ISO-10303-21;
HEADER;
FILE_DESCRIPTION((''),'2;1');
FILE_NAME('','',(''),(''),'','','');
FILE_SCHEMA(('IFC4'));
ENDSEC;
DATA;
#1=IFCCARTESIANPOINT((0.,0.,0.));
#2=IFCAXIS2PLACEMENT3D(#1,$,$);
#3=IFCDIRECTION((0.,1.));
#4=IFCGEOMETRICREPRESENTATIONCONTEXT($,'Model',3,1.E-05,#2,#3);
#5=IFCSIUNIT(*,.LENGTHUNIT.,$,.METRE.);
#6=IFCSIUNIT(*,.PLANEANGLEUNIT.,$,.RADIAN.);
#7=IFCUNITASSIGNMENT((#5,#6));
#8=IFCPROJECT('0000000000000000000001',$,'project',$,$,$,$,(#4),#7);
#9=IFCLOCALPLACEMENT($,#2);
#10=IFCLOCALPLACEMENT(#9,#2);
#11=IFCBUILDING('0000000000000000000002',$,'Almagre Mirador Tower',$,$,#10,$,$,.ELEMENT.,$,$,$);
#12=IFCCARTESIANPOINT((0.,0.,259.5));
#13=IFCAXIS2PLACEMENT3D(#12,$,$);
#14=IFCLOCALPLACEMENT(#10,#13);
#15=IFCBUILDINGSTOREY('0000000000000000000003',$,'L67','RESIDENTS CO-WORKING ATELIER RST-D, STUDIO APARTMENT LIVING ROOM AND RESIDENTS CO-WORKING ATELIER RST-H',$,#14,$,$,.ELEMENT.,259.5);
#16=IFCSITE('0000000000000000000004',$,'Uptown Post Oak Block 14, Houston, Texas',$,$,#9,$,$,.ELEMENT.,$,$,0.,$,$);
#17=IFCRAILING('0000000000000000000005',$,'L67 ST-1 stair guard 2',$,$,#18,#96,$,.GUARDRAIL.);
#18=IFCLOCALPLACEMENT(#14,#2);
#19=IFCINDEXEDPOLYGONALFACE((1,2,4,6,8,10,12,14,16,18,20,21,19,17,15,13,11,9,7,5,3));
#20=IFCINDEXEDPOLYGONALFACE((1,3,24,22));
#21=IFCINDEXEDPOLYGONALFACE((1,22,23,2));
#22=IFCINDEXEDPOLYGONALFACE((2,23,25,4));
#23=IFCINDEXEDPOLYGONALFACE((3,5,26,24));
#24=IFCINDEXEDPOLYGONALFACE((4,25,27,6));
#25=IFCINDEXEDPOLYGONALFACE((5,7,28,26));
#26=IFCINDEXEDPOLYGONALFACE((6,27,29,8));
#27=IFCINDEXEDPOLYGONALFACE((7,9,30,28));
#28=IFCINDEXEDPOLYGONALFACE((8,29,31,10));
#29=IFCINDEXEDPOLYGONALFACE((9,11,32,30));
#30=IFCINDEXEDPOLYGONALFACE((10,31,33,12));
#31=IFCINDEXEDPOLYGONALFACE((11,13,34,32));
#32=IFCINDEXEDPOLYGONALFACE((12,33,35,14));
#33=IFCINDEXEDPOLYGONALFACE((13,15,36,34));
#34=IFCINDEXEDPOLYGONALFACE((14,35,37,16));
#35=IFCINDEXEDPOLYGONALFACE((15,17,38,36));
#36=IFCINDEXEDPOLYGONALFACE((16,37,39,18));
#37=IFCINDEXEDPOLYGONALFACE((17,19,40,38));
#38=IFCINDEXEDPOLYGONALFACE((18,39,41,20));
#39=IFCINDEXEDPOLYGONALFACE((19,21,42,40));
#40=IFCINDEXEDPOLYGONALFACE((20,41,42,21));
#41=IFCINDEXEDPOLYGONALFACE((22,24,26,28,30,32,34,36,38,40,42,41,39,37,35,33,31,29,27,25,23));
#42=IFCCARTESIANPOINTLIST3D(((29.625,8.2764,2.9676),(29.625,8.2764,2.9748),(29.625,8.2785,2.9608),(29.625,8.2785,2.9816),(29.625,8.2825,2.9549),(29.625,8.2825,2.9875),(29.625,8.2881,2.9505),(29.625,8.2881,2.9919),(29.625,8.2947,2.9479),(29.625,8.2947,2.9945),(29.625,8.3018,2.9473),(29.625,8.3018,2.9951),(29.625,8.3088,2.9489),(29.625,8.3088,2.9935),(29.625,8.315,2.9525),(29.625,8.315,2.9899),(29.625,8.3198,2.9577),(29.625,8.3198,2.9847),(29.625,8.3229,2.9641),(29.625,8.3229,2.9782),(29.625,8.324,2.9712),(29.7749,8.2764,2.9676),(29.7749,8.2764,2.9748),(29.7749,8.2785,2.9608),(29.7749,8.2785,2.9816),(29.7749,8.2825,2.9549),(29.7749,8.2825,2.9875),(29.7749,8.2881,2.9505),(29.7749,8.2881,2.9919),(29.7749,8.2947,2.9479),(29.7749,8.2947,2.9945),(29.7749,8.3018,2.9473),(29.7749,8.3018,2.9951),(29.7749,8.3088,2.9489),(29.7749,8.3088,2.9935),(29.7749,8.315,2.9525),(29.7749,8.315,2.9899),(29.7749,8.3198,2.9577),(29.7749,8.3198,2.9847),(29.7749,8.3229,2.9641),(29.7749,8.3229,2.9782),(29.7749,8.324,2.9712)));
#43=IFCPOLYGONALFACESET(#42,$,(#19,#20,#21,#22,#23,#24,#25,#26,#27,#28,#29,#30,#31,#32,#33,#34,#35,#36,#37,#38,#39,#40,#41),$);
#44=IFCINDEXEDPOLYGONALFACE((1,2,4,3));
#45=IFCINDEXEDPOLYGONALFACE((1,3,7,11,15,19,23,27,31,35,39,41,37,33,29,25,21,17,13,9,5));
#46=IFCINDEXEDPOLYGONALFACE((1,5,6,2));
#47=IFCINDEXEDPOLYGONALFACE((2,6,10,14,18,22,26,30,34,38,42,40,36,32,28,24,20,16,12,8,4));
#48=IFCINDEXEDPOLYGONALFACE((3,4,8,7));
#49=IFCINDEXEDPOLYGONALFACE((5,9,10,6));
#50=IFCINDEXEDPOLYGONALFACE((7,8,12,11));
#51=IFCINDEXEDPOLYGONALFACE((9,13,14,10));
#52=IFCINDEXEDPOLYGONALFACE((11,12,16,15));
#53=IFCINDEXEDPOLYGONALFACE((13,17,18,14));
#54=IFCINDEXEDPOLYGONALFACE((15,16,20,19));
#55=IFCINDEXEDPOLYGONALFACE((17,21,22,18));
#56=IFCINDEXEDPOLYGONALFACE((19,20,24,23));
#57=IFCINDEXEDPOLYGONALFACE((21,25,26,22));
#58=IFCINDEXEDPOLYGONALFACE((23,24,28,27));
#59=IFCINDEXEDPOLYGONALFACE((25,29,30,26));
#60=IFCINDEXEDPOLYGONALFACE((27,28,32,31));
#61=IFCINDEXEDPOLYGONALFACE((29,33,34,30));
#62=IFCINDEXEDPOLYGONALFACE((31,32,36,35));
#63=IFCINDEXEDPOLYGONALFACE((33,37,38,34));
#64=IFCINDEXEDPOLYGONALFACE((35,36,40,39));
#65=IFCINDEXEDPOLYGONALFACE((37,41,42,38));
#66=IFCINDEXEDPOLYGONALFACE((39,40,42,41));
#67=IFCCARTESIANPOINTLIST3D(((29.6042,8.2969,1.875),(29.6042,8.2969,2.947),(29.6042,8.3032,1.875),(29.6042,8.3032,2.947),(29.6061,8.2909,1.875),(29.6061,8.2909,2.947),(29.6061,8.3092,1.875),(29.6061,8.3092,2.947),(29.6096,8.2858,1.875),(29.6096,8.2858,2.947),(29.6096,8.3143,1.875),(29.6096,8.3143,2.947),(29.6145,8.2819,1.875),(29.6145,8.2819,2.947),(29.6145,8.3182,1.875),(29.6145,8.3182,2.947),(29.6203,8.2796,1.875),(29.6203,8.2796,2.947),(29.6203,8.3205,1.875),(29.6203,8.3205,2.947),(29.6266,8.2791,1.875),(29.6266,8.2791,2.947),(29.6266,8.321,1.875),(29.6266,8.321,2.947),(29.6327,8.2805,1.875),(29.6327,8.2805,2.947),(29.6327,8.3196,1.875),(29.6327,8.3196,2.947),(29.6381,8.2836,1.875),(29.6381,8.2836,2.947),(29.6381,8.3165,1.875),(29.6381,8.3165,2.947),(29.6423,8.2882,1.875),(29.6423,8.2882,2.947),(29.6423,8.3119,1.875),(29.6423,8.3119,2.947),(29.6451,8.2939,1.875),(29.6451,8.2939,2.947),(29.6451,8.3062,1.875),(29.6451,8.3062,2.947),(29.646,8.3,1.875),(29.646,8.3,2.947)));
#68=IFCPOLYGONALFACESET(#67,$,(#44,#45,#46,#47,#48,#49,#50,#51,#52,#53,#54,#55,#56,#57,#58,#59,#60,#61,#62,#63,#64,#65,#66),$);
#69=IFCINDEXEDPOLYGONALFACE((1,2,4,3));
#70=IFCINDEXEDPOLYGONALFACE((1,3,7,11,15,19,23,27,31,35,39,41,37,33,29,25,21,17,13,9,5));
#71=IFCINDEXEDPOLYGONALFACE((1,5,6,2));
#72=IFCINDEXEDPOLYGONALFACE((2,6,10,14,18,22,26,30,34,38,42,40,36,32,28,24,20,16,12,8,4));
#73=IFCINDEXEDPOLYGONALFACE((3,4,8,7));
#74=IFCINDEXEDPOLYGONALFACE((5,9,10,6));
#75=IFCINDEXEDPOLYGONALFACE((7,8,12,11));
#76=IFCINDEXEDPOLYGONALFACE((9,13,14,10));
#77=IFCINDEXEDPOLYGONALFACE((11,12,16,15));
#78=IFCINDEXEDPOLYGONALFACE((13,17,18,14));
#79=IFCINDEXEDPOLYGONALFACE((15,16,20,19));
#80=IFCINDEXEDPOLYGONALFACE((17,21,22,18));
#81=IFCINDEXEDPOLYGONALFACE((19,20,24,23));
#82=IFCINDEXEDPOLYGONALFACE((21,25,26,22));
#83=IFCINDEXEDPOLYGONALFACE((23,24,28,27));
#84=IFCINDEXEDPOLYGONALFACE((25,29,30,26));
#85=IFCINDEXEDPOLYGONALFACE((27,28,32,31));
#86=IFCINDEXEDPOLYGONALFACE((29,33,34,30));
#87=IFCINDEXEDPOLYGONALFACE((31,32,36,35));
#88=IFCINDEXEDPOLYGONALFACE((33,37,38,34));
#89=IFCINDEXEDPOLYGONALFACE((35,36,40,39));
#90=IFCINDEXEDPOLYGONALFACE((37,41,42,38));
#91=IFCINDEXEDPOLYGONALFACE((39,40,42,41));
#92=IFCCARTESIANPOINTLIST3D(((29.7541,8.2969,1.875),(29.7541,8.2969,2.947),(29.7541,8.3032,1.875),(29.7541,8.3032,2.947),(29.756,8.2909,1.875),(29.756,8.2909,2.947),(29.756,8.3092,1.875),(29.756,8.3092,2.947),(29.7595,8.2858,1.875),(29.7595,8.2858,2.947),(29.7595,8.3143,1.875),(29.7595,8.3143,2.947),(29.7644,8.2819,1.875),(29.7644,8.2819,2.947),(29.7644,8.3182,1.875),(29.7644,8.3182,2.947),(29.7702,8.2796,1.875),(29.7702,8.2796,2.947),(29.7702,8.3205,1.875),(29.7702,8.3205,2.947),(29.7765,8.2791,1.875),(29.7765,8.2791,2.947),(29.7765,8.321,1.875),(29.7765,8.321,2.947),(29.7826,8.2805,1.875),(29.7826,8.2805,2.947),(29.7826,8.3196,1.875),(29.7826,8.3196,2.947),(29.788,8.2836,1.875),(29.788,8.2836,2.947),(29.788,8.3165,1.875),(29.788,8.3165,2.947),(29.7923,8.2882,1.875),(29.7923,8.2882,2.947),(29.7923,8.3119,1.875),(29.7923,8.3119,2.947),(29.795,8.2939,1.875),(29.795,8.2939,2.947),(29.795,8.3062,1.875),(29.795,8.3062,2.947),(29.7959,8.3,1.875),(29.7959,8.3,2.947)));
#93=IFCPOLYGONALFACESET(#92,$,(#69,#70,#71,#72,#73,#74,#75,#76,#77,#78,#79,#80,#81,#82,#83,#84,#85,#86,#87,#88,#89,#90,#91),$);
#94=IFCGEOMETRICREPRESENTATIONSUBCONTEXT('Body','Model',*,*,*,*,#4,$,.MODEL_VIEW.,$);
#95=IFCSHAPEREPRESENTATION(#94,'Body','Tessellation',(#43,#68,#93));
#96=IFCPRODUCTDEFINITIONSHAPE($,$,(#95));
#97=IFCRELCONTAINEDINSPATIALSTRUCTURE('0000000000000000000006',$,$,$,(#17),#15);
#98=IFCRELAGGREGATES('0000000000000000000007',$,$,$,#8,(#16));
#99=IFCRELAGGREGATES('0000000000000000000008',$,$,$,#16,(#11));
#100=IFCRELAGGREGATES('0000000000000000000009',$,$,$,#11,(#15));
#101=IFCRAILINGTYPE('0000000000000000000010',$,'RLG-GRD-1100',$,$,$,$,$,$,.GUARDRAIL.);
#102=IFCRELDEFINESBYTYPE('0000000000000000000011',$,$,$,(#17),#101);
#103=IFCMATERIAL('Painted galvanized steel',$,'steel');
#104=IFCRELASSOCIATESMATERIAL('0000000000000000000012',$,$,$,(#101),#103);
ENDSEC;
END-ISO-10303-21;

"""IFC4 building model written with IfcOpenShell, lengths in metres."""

from ifc_helpers import new_model, si_unit, direction, frame, origin, origin_2d, place, context, subcontext, project, spatial, circle, extrude, material, type_object, element, save


model = new_model("IFC4")

# Units and contexts
model_context = context("Model", 3, precision=1e-05, world=origin(), true_north=direction((0.0, 1.0)))
body_context = subcontext(model_context, "Body", "Model", "MODEL_VIEW")
ifc_project = project(units=[si_unit("LENGTHUNIT", "METRE"), si_unit("PLANEANGLEUNIT", "RADIAN")], contexts=[model_context])

# Site, building, storey
site_placement = place(None, origin())
site = spatial("IfcSite", under=ifc_project, at=site_placement, Name="Uptown Post Oak Block 14, Houston, Texas", CompositionType="ELEMENT", RefElevation=0.0)
building_placement = place(site_placement, origin())
building = spatial("IfcBuilding", under=site, at=building_placement, Name="Almagre Mirador Tower", CompositionType="ELEMENT")
storey_placement = place(building_placement, frame((0.0, 0.0, 259.5)))
storey = spatial("IfcBuildingStorey", under=building, at=storey_placement, Name="L67", Description="RESIDENTS CO-WORKING ATELIER RST-D, STUDIO APARTMENT LIVING ROOM AND RESIDENTS CO-WORKING ATELIER RST-H", CompositionType="ELEMENT", Elevation=259.5)

# Railing
ifc_material_1 = material(Name="Painted galvanized steel", Category="steel")
railing_type_1 = type_object("IfcRailingType", Name="RLG-GRD-1100", PredefinedType="GUARDRAIL", material=ifc_material_1)
railing_1_placement = place(storey_placement, frame((29.625, 8.3, 1.875)))
element("IfcRailing", 1, at=railing_1_placement, inside=storey, type_object=railing_type_1, Name="L67 ST-1 stair guard 2", PredefinedType="GUARDRAIL", context=body_context, shape_type="SweptSolid", body=[
    extrude(circle(Radius=0.0239, at=origin_2d()), frame((0.0, 0.0, 1.0962), z_axis=(1.0, 0.0, 0.0), x_axis=(0.0, 1.0, 0.0)), (0.0, 0.0, 1.0), 0.1499),
    extrude(circle(Radius=0.021, at=origin_2d()), origin(), (0.0, 0.0, 1.0), 1.072),
    extrude(circle(Radius=0.021, at=origin_2d()), frame((0.1499, 0.0, 0.0)), (0.0, 0.0, 1.0), 1.072),
])

save(model, "model.ifc")
